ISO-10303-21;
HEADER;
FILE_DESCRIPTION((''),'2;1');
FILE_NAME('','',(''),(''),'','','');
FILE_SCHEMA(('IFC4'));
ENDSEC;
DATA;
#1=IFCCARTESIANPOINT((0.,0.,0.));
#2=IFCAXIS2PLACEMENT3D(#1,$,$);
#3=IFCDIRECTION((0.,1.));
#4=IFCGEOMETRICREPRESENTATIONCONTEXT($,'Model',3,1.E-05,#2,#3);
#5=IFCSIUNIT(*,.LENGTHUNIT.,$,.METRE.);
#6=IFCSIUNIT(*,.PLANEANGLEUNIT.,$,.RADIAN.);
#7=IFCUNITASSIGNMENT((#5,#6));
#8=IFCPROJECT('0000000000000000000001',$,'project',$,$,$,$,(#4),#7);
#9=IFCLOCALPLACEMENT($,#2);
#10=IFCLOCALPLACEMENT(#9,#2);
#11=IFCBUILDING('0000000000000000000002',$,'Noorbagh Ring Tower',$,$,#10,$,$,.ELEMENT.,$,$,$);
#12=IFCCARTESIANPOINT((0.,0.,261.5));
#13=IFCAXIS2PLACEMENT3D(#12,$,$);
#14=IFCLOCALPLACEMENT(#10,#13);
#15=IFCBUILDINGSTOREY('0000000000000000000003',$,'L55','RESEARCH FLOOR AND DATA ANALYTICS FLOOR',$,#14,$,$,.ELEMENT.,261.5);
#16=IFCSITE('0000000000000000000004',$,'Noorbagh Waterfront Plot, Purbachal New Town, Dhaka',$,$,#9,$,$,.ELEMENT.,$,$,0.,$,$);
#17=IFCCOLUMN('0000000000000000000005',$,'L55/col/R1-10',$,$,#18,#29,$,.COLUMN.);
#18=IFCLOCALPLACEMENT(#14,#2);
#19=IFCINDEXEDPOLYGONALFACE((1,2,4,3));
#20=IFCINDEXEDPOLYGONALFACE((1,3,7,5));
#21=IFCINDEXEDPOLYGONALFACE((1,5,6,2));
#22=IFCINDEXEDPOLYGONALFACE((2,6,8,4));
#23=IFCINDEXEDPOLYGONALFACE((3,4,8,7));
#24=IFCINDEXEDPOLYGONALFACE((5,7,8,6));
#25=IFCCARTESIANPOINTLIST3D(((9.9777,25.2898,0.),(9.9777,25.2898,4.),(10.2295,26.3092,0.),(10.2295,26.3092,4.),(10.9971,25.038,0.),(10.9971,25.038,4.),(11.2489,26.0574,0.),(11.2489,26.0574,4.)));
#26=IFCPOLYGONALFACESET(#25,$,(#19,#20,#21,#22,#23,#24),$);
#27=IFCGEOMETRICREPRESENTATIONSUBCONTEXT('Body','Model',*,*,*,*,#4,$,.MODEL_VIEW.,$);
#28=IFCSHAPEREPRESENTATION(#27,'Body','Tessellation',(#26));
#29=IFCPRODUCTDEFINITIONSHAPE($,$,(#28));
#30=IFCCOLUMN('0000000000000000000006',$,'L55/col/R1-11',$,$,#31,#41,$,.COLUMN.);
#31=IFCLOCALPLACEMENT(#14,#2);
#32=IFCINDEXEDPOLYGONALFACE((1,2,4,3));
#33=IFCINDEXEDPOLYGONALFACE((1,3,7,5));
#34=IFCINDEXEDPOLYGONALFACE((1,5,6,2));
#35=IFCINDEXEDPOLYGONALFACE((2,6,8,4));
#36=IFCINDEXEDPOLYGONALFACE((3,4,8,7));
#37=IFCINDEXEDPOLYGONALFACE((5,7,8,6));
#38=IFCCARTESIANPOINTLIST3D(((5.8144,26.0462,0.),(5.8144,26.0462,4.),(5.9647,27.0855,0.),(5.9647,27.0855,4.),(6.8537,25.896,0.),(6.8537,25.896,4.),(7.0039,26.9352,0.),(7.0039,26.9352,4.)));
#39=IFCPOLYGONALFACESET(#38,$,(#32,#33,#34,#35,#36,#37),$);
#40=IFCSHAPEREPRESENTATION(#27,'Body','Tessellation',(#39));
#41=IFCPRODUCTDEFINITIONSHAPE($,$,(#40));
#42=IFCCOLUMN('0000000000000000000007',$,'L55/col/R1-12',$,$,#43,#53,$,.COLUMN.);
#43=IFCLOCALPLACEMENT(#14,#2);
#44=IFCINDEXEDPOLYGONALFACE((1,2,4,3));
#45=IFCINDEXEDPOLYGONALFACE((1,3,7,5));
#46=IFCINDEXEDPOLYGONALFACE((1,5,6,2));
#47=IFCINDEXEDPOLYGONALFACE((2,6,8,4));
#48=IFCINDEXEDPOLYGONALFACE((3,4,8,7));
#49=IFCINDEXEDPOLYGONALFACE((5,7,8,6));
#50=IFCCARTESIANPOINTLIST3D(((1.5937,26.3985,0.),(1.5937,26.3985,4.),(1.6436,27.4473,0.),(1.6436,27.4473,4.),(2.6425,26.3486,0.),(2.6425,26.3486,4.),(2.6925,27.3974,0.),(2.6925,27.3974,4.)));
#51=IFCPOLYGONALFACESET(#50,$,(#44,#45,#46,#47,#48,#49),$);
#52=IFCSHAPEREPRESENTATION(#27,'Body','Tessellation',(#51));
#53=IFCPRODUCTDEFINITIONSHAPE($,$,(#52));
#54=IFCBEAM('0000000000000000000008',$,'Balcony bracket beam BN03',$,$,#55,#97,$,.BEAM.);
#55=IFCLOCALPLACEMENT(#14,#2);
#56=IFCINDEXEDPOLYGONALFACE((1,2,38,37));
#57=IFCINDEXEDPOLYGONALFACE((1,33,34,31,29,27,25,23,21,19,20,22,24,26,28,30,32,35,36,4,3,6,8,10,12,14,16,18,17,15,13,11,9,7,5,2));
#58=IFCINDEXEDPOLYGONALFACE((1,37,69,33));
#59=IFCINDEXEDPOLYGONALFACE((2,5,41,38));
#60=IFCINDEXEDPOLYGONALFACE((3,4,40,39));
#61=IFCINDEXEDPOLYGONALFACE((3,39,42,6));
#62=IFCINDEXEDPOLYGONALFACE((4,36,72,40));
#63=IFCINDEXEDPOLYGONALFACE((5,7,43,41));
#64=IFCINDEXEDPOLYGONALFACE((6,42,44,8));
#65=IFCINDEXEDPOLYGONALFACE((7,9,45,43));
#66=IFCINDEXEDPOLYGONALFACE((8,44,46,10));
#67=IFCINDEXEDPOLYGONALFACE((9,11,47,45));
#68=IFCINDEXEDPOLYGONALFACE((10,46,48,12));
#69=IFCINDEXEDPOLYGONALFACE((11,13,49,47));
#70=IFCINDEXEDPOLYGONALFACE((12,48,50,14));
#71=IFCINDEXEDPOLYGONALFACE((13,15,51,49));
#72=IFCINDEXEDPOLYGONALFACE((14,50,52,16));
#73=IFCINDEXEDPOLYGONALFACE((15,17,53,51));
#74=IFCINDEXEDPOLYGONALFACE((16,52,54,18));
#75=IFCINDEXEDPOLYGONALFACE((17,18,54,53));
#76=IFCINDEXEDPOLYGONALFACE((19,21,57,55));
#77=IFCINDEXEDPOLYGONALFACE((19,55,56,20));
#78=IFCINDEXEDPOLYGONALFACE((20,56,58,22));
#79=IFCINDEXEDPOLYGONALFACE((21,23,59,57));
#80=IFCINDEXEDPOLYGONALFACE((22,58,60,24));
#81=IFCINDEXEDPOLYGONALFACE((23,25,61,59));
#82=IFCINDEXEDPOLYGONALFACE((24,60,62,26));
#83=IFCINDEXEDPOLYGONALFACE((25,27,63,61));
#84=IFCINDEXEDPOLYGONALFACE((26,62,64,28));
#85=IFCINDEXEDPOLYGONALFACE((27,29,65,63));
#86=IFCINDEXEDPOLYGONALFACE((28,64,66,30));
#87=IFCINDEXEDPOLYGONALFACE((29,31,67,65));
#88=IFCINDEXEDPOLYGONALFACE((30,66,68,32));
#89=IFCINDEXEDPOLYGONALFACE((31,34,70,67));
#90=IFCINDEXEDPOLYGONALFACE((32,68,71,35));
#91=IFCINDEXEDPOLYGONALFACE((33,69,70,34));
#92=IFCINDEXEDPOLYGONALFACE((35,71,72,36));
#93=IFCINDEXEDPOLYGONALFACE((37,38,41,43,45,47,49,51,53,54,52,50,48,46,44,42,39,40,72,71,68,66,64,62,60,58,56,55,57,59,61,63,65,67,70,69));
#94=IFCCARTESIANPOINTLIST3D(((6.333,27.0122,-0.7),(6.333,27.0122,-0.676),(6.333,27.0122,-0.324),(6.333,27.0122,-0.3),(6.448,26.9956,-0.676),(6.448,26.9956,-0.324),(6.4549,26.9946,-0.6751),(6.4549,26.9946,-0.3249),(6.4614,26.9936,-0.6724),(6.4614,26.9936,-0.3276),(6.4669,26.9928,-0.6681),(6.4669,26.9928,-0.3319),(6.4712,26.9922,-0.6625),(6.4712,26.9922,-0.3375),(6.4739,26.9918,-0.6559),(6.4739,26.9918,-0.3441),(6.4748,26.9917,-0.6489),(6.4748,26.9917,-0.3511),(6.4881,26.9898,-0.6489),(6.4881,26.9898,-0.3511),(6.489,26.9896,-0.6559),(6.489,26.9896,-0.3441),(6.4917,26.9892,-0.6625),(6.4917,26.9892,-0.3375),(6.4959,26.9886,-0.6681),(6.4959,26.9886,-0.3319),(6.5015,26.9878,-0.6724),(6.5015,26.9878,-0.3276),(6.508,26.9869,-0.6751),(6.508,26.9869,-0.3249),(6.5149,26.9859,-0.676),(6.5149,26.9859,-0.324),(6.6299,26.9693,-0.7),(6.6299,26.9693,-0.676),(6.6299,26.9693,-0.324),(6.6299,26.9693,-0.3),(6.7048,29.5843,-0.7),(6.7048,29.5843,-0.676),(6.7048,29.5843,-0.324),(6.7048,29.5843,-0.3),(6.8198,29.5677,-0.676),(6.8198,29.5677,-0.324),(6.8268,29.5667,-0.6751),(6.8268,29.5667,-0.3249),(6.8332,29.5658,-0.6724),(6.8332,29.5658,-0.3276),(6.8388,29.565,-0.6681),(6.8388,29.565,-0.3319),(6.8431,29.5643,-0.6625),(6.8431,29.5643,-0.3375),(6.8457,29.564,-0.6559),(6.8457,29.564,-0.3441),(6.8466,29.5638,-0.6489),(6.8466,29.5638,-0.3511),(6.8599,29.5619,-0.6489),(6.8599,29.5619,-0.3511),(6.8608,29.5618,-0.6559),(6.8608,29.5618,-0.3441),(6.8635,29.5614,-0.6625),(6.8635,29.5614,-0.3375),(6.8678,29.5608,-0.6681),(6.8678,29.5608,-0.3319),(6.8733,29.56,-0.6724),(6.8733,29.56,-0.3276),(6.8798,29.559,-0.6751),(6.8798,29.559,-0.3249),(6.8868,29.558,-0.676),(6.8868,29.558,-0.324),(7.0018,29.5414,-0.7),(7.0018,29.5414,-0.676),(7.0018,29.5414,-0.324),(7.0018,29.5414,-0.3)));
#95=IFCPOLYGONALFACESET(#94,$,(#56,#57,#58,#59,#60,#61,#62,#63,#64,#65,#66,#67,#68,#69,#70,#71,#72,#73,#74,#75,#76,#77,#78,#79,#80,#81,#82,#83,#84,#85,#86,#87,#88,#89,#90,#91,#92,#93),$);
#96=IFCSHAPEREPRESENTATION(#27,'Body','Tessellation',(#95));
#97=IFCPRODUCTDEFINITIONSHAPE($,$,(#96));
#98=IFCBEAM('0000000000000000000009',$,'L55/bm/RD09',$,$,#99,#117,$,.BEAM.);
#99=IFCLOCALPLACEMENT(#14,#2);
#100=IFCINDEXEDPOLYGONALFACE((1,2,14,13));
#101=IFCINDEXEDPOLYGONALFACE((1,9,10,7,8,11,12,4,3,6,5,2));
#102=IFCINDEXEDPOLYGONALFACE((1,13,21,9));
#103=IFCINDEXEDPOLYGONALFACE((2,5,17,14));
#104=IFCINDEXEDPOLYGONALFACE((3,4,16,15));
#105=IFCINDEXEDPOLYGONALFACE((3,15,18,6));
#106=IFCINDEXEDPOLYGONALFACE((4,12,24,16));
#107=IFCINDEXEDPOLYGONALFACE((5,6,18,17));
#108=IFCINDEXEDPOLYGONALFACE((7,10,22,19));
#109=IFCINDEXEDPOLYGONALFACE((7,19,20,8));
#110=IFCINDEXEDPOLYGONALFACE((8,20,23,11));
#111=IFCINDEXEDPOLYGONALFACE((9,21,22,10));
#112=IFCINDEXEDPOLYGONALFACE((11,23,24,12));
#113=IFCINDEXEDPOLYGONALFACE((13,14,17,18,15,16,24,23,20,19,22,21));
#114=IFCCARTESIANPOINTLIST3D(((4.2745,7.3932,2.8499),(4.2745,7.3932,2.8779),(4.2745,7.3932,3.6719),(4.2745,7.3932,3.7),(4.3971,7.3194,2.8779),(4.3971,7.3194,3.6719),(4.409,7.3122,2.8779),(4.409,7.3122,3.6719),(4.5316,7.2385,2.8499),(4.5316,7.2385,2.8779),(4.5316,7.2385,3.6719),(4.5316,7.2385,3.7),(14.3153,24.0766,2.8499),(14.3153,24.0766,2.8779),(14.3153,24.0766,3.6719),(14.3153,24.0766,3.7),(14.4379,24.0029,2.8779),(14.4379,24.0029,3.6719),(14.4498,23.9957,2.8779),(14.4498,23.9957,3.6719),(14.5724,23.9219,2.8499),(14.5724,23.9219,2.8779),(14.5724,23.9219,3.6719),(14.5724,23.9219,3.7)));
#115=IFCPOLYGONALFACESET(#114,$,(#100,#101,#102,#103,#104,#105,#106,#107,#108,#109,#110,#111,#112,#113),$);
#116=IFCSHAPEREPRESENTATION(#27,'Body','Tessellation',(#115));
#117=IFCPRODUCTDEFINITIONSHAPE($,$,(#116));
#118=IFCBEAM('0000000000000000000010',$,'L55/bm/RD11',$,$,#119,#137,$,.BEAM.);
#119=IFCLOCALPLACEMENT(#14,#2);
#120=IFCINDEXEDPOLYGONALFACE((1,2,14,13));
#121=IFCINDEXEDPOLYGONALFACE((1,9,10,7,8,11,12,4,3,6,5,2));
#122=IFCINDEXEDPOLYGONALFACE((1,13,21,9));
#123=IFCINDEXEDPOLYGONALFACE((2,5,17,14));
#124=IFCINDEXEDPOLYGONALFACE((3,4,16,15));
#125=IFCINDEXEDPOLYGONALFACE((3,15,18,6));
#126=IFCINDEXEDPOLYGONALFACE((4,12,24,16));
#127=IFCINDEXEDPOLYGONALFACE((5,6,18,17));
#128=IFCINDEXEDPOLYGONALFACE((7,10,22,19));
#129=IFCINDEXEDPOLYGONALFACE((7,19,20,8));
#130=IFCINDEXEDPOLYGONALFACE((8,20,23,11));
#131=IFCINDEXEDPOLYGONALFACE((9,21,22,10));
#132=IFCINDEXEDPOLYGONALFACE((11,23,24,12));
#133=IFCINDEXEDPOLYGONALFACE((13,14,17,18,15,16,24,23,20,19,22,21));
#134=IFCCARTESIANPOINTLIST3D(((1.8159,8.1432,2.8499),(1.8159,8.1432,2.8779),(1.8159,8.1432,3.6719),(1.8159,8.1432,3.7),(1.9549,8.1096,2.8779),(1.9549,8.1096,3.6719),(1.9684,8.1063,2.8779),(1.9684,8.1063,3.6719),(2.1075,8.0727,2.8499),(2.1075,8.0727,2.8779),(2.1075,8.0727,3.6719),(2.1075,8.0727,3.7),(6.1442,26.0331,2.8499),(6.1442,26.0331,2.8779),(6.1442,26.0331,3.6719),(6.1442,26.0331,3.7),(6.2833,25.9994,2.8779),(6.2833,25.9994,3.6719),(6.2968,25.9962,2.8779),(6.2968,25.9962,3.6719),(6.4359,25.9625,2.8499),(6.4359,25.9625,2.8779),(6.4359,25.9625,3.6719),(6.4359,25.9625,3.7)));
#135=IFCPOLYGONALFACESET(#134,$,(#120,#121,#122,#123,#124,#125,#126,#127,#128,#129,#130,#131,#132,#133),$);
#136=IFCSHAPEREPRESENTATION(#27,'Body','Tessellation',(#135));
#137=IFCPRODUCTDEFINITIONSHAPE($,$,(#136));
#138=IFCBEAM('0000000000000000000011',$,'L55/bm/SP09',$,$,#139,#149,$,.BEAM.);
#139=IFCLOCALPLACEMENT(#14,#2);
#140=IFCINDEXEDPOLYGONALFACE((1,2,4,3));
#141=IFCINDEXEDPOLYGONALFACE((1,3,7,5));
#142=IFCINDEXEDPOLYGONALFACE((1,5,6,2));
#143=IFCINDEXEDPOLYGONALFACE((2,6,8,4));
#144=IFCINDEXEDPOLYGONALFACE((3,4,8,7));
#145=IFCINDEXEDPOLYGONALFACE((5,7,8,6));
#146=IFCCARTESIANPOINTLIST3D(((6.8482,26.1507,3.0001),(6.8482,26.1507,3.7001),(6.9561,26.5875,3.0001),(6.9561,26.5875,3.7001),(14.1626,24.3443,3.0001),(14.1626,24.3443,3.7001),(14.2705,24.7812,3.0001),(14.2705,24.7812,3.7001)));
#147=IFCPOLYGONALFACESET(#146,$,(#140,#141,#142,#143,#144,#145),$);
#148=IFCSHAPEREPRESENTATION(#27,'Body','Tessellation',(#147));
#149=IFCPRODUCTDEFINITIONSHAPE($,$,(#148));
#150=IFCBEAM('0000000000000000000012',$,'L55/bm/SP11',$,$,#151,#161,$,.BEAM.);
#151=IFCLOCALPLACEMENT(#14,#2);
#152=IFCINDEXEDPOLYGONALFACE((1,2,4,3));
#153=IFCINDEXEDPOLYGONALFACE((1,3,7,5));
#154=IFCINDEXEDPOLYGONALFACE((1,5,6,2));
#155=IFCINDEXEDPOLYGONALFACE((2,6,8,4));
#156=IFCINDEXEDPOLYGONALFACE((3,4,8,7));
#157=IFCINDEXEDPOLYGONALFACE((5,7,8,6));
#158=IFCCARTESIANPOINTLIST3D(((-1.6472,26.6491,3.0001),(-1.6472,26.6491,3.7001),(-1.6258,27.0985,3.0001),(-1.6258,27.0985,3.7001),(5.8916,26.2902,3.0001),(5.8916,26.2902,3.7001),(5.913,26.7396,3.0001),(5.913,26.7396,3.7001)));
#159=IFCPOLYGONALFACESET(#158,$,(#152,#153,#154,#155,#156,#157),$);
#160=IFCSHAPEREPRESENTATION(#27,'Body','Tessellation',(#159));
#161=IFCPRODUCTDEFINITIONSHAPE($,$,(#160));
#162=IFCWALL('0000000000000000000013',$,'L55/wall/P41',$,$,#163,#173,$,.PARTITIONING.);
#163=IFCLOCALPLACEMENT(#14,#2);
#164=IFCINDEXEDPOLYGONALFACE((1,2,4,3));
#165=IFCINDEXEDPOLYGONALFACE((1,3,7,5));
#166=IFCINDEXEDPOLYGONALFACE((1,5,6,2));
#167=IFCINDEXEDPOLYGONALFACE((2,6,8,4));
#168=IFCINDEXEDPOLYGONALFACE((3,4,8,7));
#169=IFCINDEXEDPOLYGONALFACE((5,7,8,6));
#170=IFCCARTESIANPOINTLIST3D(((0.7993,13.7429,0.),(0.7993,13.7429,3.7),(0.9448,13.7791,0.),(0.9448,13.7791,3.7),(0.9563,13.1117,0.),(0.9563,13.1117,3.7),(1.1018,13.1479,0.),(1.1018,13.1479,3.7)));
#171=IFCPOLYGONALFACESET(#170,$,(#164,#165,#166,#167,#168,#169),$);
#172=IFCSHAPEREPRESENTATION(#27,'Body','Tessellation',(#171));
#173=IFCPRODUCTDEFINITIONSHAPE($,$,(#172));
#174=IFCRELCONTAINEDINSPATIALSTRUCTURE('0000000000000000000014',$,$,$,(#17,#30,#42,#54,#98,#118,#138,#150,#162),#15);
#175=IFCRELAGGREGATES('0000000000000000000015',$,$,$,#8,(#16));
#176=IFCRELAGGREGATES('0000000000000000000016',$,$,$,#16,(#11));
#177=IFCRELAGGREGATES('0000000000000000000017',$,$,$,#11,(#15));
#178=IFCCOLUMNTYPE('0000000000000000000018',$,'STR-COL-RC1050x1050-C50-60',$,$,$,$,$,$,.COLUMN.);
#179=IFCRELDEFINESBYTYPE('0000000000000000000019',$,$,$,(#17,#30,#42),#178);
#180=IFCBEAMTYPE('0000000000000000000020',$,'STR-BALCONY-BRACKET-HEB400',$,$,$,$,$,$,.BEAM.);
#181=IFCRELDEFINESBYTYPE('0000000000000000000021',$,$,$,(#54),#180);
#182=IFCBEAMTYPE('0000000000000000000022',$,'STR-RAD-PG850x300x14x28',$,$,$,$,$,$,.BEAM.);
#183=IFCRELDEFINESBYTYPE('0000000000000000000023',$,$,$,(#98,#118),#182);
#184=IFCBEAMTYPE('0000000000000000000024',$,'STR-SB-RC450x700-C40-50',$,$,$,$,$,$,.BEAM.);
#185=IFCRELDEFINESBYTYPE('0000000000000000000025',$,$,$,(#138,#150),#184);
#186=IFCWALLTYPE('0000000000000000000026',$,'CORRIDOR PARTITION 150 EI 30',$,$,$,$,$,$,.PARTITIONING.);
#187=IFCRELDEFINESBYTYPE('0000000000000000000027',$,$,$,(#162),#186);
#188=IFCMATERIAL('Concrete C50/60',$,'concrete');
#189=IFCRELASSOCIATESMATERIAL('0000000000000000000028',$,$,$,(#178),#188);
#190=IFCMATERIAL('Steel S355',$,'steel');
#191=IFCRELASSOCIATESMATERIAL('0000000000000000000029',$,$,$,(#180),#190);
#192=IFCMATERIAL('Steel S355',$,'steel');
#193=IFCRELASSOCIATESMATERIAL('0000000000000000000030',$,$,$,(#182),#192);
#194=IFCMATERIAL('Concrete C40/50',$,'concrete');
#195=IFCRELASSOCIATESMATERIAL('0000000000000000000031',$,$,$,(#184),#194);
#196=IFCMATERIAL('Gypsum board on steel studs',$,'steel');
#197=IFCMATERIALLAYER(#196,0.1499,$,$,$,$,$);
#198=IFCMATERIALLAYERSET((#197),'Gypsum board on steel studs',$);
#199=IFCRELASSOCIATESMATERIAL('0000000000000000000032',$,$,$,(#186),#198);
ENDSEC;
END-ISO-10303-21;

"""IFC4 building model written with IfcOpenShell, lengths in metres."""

from ifc_helpers import new_model, si_unit, direction, frame, frame_2d, origin, origin_2d, place, context, subcontext, project, spatial, rectangle, i_section, extrude, material, layer, layer_set, material_profile, profile_set, type_object, element, save


model = new_model("IFC4")

# Units and contexts
model_context = context("Model", 3, precision=1e-05, world=origin(), true_north=direction((0.0, 1.0)))
body_context = subcontext(model_context, "Body", "Model", "MODEL_VIEW")
ifc_project = project(units=[si_unit("LENGTHUNIT", "METRE"), si_unit("PLANEANGLEUNIT", "RADIAN")], contexts=[model_context])

# Site, building, storey
site_placement = place(None, origin())
site = spatial("IfcSite", under=ifc_project, at=site_placement, Name="Noorbagh Waterfront Plot, Purbachal New Town, Dhaka", CompositionType="ELEMENT", RefElevation=0.0)
building_placement = place(site_placement, origin())
building = spatial("IfcBuilding", under=site, at=building_placement, Name="Noorbagh Ring Tower", CompositionType="ELEMENT")
storey_placement = place(building_placement, frame((0.0, 0.0, 261.5)))
storey = spatial("IfcBuildingStorey", under=building, at=storey_placement, Name="L55", Description="RESEARCH FLOOR AND DATA ANALYTICS FLOOR", CompositionType="ELEMENT", Elevation=261.5)

# Columns
ifc_material_1 = material(Name="Concrete C50/60", Category="concrete")
ifc_material_profile_1 = material_profile(ifc_material_1, rectangle(XDim=1.05, YDim=1.05, at=origin_2d()), Name="RC1050x1050")
ifc_profile_set_1 = profile_set([ifc_material_profile_1], Name="Concrete C50/60")
column_type = type_object("IfcColumnType", Name="STR-COL-RC1050x1050-C50-60", PredefinedType="COLUMN", material=ifc_profile_set_1)
for number, where, z_axis, x_axis, name in (
    (1, (10.6133, 25.6736, 0.0), (0.0, 0.0, 1.0), (-0.970829, 0.239771, 0.0), "L55/col/R1-10"),
    (2, (6.4092, 26.4907, 0.0), (0.0, 0.0, 1.0), (-0.989713, 0.143066, 0.0), "L55/col/R1-11"),
    (3, (2.1431, 26.8979, 0.0), (0.0, 0.0, 1.0), (-0.998869, 0.047553, 0.0), "L55/col/R1-12"),
):
    element("IfcColumn", number, at=place(storey_placement, frame(where, z_axis=z_axis, x_axis=x_axis)), inside=storey, type_object=column_type, Name=name, PredefinedType="COLUMN", context=body_context, shape_type="SweptSolid", body=[
        extrude(rectangle(XDim=1.05, YDim=1.05, at=origin_2d()), origin(), (0.0, 0.0, 1.0), 4.0),
    ])

# Beams
ifc_material_2 = material(Name="Steel S355", Category="steel")
ifc_material_profile_2 = material_profile(ifc_material_2, i_section(OverallWidth=0.3, OverallDepth=0.3999, WebThickness=0.0134, FlangeThickness=0.0239, FilletRadius=0.0271, at=origin_2d()), Name="HEB400")
ifc_profile_set_2 = profile_set([ifc_material_profile_2], Name="Steel S355")
beam_type_1 = type_object("IfcBeamType", Name="STR-BALCONY-BRACKET-HEB400", PredefinedType="BEAM", material=ifc_profile_set_2)
beam_1_placement = place(storey_placement, frame((6.4814, 26.9907, -0.5), z_axis=(0.143078, 0.989711, 0.0), x_axis=(-0.989711, 0.143078, 0.0)))
element("IfcBeam", 4, at=beam_1_placement, inside=storey, type_object=beam_type_1, Name="Balcony bracket beam BN03", PredefinedType="BEAM", context=body_context, shape_type="SweptSolid", body=[
    extrude(i_section(OverallWidth=0.3, OverallDepth=0.3999, WebThickness=0.0134, FlangeThickness=0.0239, FilletRadius=0.0271, at=origin_2d()), origin(), (0.0, 0.0, 1.0), 2.5989),
])
ifc_material_3 = material(Name="Steel S355", Category="steel")
ifc_material_profile_3 = material_profile(ifc_material_3, i_section(OverallWidth=0.3, OverallDepth=0.8501, WebThickness=0.0139, FlangeThickness=0.0281, at=origin_2d()), Name="PG850x300x14x28")
ifc_profile_set_3 = profile_set([ifc_material_profile_3], Name="Steel S355")
beam_type_2 = type_object("IfcBeamType", Name="STR-RAD-PG850x300x14x28", PredefinedType="BEAM", material=ifc_profile_set_3)
beam_2_placement = place(storey_placement, frame((14.4438, 23.9993, 3.2749), z_axis=(-0.515657, -0.856795, 0.0), x_axis=(0.856795, -0.515657, 0.0)))
element("IfcBeam", 5, at=beam_2_placement, inside=storey, type_object=beam_type_2, Name="L55/bm/RD09", PredefinedType="BEAM", context=body_context, shape_type="SweptSolid", body=[
    extrude(i_section(OverallWidth=0.3, OverallDepth=0.8501, WebThickness=0.0139, FlangeThickness=0.0281, at=origin_2d()), origin(), (0.0, 0.0, 1.0), 19.4719),
])
beam_3_placement = place(storey_placement, frame((6.29, 25.9978, 3.2749), z_axis=(-0.23516, -0.971957, 0.0), x_axis=(0.971957, -0.23516, 0.0)))
element("IfcBeam", 6, at=beam_3_placement, inside=storey, type_object=beam_type_2, Name="L55/bm/RD11", PredefinedType="BEAM", context=body_context, shape_type="SweptSolid", body=[
    extrude(i_section(OverallWidth=0.3, OverallDepth=0.8501, WebThickness=0.0139, FlangeThickness=0.0281, at=origin_2d()), origin(), (0.0, 0.0, 1.0), 18.406),
])
ifc_material_4 = material(Name="Concrete C40/50", Category="concrete")
ifc_material_profile_4 = material_profile(ifc_material_4, rectangle(XDim=0.45, YDim=0.7, at=origin_2d()), Name="RC450x700")
ifc_profile_set_4 = profile_set([ifc_material_profile_4], Name="Concrete C40/50")
beam_type_3 = type_object("IfcBeamType", Name="STR-SB-RC450x700-C40-50", PredefinedType="BEAM", material=ifc_profile_set_4)
beam_4_placement = place(storey_placement, frame((14.2166, 24.5627, 3.3501), z_axis=(-0.970832, 0.239759, 0.0), x_axis=(-0.239759, -0.970832, 0.0)))
element("IfcBeam", 7, at=beam_4_placement, inside=storey, type_object=beam_type_3, Name="L55/bm/SP09", PredefinedType="BEAM", context=body_context, shape_type="SweptSolid", body=[
    extrude(rectangle(XDim=0.45, YDim=0.7, at=origin_2d()), origin(), (0.0, 0.0, 1.0), 7.5342),
])
beam_5_placement = place(storey_placement, frame((5.9023, 26.5149, 3.3501), z_axis=(-0.998869, 0.047551, 0.0), x_axis=(-0.047551, -0.998869, 0.0)))
element("IfcBeam", 8, at=beam_5_placement, inside=storey, type_object=beam_type_3, Name="L55/bm/SP11", PredefinedType="BEAM", context=body_context, shape_type="SweptSolid", body=[
    extrude(rectangle(XDim=0.45, YDim=0.7, at=origin_2d()), origin(), (0.0, 0.0, 1.0), 7.5474),
])

# Wall
ifc_material_5 = material(Name="Gypsum board on steel studs", Category="steel")
ifc_layer_1 = layer(ifc_material_5, 0.1499)
ifc_layer_set_1 = layer_set([ifc_layer_1], Name="Gypsum board on steel studs")
wall_type_1 = type_object("IfcWallType", Name="CORRIDOR PARTITION 150 EI 30", PredefinedType="PARTITIONING", material=ifc_layer_set_1)
wall_1_placement = place(storey_placement, frame((0.8721, 13.761, 0.0), z_axis=(0.0, 0.0, 1.0), x_axis=(0.241387, -0.970429, 0.0)))
element("IfcWall", 9, at=wall_1_placement, inside=storey, type_object=wall_type_1, Name="L55/wall/P41", PredefinedType="PARTITIONING", context=body_context, shape_type="SweptSolid", body=[
    extrude(rectangle(XDim=0.6504, YDim=0.1499, at=frame_2d((0.3252, 0.0))), origin(), (0.0, 0.0, 1.0), 3.7),
])

save(model, "model.ifc")
